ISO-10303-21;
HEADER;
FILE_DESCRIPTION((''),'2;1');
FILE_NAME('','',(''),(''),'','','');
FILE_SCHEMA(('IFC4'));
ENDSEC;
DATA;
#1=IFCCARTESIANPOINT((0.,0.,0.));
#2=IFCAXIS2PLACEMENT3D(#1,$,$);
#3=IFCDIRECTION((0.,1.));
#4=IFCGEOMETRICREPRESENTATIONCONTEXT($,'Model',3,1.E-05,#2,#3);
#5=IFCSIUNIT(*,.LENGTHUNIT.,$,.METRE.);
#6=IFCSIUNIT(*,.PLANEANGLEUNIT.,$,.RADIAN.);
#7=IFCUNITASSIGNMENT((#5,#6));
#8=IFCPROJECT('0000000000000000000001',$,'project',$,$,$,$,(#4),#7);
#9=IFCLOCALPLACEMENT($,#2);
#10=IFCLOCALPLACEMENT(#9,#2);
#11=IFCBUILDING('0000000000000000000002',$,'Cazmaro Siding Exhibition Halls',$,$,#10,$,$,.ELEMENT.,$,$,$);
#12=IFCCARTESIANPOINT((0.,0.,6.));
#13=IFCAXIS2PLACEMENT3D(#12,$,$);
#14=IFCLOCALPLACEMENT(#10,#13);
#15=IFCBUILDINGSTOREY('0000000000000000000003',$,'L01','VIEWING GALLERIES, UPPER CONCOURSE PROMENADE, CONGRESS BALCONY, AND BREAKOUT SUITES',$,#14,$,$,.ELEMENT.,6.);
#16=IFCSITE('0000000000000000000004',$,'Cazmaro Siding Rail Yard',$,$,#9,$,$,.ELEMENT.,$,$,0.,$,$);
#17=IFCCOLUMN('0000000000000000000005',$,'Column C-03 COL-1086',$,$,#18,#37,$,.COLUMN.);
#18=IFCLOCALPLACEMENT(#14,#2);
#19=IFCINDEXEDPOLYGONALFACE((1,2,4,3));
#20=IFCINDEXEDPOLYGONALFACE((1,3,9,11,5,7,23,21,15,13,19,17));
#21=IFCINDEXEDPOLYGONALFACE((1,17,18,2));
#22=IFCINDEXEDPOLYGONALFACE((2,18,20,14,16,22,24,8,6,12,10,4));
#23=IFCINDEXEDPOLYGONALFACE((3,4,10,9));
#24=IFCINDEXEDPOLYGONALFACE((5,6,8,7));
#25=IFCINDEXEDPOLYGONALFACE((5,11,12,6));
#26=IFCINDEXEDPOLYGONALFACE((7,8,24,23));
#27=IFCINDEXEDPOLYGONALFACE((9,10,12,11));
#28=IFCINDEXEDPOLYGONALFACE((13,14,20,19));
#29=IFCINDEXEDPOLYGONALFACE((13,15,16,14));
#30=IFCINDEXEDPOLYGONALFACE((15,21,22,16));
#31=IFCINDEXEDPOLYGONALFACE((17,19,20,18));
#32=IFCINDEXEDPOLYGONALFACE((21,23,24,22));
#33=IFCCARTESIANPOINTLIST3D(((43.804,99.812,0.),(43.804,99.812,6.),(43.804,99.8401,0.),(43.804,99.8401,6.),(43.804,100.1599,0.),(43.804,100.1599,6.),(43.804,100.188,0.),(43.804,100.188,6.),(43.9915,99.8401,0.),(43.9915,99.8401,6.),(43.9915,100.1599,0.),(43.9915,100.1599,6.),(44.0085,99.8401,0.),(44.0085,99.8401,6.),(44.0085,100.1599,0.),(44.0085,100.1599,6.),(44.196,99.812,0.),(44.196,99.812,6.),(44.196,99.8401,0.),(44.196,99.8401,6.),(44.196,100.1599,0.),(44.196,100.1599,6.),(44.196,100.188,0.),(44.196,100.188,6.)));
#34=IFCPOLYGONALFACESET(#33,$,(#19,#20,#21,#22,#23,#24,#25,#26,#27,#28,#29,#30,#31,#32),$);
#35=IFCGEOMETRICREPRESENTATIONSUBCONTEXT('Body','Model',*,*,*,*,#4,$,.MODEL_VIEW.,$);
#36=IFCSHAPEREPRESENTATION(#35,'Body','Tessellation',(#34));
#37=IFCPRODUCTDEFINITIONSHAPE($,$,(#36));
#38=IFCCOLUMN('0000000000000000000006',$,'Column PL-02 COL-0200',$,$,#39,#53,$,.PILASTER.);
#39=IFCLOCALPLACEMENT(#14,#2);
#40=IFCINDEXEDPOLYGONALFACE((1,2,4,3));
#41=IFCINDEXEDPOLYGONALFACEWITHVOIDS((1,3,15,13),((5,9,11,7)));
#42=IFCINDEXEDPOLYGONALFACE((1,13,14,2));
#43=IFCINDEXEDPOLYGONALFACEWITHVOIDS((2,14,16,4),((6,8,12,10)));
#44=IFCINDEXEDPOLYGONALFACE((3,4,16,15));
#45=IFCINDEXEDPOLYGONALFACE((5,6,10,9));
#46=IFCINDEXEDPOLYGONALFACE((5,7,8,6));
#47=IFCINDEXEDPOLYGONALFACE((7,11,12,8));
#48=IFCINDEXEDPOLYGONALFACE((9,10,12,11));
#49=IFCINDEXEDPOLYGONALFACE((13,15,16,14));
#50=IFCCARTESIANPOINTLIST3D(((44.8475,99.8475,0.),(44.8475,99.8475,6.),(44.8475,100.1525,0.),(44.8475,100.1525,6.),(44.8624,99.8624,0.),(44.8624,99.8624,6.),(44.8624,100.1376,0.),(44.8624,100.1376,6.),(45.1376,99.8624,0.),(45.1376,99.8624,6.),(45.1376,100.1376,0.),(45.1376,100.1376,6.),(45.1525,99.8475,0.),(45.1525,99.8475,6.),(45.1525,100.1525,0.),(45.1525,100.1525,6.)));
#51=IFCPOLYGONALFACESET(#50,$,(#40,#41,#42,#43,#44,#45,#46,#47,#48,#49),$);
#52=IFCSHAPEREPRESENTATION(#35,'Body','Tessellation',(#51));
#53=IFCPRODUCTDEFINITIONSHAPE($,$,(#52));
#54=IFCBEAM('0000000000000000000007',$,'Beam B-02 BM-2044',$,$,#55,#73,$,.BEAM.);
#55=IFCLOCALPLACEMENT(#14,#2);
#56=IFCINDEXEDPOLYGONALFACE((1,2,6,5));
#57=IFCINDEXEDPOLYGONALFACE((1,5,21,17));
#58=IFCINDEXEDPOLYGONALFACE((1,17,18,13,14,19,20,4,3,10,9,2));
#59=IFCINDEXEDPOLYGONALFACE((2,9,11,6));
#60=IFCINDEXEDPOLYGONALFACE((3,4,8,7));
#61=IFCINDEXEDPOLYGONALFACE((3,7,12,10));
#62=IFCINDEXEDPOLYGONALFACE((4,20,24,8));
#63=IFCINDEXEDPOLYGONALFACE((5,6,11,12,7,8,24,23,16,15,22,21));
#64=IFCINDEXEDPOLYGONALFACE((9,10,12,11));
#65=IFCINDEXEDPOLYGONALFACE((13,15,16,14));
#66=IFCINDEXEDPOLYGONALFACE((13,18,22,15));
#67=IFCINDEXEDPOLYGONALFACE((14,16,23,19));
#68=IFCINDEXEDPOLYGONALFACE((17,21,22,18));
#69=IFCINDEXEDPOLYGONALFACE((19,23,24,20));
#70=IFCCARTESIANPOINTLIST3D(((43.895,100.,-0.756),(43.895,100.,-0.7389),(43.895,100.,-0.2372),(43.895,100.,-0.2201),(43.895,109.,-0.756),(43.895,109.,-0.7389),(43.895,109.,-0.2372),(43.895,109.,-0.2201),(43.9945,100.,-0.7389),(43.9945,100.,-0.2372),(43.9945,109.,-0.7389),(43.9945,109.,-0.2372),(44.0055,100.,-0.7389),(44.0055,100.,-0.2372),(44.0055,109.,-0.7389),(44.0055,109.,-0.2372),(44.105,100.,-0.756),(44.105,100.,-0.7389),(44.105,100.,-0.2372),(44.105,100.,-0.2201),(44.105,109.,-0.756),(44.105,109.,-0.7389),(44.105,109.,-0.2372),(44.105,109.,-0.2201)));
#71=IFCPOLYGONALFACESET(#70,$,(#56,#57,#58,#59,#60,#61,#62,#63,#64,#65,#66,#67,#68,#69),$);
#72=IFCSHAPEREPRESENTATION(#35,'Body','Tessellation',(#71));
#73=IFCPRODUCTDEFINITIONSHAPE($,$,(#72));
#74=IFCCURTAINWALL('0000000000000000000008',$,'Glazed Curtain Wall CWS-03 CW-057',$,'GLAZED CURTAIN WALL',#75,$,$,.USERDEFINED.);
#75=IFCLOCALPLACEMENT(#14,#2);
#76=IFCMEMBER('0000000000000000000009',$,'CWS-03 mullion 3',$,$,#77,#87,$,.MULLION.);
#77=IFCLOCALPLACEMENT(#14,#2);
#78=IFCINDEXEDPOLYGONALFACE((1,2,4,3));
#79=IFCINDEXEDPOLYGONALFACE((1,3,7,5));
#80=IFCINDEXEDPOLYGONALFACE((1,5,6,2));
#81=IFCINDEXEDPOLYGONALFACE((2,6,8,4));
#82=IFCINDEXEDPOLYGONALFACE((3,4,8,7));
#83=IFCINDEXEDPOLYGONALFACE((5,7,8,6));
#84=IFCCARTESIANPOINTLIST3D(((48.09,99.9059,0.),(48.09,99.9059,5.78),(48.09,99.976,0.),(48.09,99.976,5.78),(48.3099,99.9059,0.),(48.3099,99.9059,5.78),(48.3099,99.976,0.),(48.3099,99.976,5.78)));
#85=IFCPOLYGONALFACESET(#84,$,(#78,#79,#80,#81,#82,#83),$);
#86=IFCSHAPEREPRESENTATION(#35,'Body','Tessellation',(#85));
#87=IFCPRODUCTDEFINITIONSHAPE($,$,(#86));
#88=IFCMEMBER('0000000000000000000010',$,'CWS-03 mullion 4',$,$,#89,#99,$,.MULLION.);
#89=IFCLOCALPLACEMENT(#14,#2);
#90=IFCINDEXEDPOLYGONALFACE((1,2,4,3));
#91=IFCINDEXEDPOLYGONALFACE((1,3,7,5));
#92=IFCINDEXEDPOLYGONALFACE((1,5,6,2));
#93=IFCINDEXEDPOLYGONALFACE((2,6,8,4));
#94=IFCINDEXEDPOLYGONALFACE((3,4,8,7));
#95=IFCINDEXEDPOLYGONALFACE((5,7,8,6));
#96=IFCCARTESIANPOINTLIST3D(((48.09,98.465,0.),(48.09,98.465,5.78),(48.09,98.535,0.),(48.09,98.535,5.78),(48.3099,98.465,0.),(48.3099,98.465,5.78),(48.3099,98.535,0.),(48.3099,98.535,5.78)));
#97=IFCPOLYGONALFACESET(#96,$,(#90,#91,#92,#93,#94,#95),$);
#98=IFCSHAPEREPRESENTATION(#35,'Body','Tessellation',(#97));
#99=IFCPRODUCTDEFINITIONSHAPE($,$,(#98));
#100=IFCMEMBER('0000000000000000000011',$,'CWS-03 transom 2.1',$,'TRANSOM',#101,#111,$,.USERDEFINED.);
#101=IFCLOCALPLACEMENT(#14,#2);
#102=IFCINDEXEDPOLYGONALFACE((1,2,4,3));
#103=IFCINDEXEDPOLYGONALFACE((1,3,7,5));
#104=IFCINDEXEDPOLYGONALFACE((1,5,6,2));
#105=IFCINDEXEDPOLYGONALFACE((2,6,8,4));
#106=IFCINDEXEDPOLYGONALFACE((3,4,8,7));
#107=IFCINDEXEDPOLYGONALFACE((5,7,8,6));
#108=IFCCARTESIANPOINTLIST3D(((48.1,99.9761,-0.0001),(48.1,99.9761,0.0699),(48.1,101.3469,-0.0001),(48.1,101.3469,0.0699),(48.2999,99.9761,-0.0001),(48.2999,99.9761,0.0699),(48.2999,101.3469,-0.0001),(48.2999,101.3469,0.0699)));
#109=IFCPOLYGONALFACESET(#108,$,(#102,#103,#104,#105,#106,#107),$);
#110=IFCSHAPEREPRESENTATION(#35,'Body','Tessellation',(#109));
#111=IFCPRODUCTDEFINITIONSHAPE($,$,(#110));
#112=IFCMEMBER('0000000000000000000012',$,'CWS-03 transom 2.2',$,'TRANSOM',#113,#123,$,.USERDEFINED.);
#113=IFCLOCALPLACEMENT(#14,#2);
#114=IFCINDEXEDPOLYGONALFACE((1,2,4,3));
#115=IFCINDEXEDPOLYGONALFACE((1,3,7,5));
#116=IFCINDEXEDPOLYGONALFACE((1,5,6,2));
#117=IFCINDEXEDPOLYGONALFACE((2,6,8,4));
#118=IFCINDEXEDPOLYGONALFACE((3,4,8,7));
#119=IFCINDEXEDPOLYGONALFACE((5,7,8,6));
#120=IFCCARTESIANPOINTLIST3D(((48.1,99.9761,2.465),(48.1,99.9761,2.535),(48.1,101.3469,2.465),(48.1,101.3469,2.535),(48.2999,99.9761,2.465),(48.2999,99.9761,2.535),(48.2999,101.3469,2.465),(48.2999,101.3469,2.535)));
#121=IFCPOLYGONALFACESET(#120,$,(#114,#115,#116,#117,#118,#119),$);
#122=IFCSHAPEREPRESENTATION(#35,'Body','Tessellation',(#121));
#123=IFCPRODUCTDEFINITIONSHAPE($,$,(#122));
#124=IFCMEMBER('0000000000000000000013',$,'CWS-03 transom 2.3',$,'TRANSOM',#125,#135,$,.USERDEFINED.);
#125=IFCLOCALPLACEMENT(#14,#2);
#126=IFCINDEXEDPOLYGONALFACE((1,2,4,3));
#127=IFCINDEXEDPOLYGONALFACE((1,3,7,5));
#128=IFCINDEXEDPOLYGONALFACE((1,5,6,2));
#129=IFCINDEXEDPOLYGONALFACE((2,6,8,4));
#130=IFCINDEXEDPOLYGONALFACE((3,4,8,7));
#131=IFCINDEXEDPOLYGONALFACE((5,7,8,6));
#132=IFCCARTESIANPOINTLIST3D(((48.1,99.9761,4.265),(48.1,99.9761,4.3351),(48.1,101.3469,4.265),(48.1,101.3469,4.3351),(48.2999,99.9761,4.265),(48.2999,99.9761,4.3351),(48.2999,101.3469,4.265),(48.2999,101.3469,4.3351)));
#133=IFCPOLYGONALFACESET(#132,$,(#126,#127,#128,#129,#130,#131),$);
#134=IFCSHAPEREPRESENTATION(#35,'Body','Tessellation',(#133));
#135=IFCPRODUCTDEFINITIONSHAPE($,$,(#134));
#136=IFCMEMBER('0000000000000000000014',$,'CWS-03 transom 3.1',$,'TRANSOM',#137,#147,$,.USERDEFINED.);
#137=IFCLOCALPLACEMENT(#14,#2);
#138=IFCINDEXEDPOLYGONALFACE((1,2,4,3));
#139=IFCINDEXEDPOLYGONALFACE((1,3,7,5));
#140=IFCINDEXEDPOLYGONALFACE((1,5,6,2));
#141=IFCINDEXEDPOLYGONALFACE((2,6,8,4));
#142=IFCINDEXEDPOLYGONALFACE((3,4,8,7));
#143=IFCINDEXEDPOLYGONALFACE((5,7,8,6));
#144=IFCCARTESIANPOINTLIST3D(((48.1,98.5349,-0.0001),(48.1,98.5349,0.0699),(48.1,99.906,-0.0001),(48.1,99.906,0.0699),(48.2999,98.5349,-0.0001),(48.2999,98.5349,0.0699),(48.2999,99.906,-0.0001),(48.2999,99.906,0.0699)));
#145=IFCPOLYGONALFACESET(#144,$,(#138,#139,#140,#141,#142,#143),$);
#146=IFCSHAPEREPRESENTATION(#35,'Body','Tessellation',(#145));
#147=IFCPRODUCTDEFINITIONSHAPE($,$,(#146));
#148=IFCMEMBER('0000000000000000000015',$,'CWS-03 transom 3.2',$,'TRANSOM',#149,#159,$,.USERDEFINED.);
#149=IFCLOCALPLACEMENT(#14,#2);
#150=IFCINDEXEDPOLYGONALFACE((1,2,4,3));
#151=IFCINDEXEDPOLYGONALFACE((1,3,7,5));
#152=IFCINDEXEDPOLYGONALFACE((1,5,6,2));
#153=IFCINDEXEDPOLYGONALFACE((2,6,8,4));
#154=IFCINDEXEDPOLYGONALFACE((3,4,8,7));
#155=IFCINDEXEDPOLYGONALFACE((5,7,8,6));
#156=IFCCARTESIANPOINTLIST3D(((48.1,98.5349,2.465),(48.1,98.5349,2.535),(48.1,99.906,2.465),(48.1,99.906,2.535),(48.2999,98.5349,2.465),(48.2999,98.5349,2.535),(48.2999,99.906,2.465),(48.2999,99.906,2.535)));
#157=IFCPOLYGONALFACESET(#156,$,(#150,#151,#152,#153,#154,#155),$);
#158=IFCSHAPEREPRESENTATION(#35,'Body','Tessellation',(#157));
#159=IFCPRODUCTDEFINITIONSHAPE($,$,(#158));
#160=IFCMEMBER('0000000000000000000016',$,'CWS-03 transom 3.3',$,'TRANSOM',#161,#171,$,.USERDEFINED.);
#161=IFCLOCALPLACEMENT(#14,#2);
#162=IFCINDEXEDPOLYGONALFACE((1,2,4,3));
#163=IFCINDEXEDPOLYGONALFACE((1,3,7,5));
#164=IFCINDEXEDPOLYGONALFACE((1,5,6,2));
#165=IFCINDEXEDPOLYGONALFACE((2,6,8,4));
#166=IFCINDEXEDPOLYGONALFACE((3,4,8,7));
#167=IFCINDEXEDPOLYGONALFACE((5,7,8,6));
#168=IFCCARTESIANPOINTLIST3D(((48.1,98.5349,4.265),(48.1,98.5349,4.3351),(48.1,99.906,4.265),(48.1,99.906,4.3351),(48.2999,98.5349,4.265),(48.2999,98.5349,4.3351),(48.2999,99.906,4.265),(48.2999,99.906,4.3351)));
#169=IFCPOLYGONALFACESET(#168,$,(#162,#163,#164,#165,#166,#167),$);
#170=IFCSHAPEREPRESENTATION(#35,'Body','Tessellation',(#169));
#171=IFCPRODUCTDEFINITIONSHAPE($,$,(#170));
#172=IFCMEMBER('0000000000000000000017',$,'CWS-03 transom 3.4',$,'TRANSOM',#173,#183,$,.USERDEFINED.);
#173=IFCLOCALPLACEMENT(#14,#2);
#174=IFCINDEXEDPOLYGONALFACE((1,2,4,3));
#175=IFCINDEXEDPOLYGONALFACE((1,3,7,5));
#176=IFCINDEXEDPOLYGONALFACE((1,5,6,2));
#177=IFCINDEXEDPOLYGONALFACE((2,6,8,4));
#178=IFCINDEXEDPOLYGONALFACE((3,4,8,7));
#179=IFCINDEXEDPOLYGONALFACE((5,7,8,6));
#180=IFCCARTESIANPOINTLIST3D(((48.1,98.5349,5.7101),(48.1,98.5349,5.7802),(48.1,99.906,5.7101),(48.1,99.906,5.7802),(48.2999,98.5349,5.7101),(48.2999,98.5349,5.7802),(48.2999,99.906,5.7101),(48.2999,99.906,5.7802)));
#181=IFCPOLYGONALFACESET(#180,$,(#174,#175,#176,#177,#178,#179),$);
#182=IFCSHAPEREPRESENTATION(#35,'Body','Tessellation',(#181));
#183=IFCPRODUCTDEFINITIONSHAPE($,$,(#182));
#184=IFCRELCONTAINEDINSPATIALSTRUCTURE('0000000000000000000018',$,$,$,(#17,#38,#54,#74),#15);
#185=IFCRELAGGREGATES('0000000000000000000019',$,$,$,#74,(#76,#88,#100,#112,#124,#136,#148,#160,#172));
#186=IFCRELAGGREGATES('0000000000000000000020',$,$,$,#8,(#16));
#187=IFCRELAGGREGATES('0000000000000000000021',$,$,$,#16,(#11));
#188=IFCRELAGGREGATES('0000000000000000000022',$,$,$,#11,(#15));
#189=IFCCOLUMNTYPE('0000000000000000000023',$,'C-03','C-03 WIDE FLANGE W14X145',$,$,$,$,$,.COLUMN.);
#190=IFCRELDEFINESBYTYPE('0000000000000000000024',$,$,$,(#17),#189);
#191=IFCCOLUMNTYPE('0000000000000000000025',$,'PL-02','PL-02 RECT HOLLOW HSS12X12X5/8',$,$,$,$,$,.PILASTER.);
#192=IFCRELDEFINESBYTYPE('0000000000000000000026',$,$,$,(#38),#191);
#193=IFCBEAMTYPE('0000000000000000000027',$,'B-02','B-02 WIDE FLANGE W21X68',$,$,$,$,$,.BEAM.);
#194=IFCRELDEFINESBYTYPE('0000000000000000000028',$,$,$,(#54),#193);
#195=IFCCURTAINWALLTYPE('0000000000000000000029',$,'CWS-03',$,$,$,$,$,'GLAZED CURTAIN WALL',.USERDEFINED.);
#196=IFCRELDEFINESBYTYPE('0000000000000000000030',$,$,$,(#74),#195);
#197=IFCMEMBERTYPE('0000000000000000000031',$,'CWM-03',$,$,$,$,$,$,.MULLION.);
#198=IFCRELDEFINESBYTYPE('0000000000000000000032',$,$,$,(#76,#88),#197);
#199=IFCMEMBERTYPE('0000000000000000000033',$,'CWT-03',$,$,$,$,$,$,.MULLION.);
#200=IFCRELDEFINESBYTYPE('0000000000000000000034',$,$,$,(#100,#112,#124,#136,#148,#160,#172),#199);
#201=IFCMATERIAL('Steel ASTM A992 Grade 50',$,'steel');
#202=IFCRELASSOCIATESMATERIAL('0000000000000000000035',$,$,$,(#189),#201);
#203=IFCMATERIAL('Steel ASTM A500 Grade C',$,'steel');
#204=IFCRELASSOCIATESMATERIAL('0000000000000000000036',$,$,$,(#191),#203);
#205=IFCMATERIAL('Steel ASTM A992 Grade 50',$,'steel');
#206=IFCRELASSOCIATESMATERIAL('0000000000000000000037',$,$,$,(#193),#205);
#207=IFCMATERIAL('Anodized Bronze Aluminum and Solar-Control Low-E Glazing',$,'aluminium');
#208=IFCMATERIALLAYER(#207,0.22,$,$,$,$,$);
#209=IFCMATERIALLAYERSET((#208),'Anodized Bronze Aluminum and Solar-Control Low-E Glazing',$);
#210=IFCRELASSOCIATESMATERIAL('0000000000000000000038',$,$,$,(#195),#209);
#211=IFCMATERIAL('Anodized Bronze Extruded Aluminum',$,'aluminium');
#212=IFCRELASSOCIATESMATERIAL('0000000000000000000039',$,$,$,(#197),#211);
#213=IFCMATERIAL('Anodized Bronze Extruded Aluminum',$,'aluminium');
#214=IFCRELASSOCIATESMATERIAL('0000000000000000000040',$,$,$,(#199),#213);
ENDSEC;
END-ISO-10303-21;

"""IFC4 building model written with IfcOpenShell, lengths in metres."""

from ifc_helpers import new_model, si_unit, direction, frame, origin, origin_2d, place, context, subcontext, project, spatial, rectangle, hollow_rectangle, i_section, extrude, material, layer, layer_set, material_profile, profile_set, type_object, element, aggregate, save


model = new_model("IFC4")

# Units and contexts
model_context = context("Model", 3, precision=1e-05, world=origin(), true_north=direction((0.0, 1.0)))
body_context = subcontext(model_context, "Body", "Model", "MODEL_VIEW")
ifc_project = project(units=[si_unit("LENGTHUNIT", "METRE"), si_unit("PLANEANGLEUNIT", "RADIAN")], contexts=[model_context])

# Site, building, storey
site_placement = place(None, origin())
site = spatial("IfcSite", under=ifc_project, at=site_placement, Name="Cazmaro Siding Rail Yard", CompositionType="ELEMENT", RefElevation=0.0)
building_placement = place(site_placement, origin())
building = spatial("IfcBuilding", under=site, at=building_placement, Name="Cazmaro Siding Exhibition Halls", CompositionType="ELEMENT")
storey_placement = place(building_placement, frame((0.0, 0.0, 6.0)))
storey = spatial("IfcBuildingStorey", under=building, at=storey_placement, Name="L01", Description="VIEWING GALLERIES, UPPER CONCOURSE PROMENADE, CONGRESS BALCONY, AND BREAKOUT SUITES", CompositionType="ELEMENT", Elevation=6.0)

# Columns
ifc_material_1 = material(Name="Steel ASTM A992 Grade 50", Category="steel")
ifc_material_profile_1 = material_profile(ifc_material_1, i_section(OverallWidth=0.3921, OverallDepth=0.376, WebThickness=0.0171, FlangeThickness=0.0281, at=origin_2d()), Name="W14X145")
ifc_profile_set_1 = profile_set([ifc_material_profile_1], Name="Steel ASTM A992 Grade 50")
column_type_1 = type_object("IfcColumnType", Name="C-03", Description="C-03 WIDE FLANGE W14X145", PredefinedType="COLUMN", material=ifc_profile_set_1)
column_1_placement = place(storey_placement, frame((44.0, 100.0, 0.0), z_axis=(0.0, 0.0, 1.0), x_axis=(1.0, 0.0, 0.0)))
element("IfcColumn", 1, at=column_1_placement, inside=storey, type_object=column_type_1, Name="Column C-03 COL-1086", PredefinedType="COLUMN", context=body_context, shape_type="SweptSolid", body=[
    extrude(i_section(OverallWidth=0.3921, OverallDepth=0.376, WebThickness=0.0171, FlangeThickness=0.0281, at=origin_2d()), origin(), (0.0, 0.0, 1.0), 6.0),
])
ifc_material_2 = material(Name="Steel ASTM A500 Grade C", Category="steel")
ifc_material_profile_2 = material_profile(ifc_material_2, hollow_rectangle(XDim=0.3049, YDim=0.3049, WallThickness=0.0149, at=origin_2d()), Name="HSS12X12X5/8")
ifc_profile_set_2 = profile_set([ifc_material_profile_2], Name="Steel ASTM A500 Grade C")
column_type_2 = type_object("IfcColumnType", Name="PL-02", Description="PL-02 RECT HOLLOW HSS12X12X5/8", PredefinedType="PILASTER", material=ifc_profile_set_2)
column_2_placement = place(storey_placement, frame((45.0, 100.0, 0.0), z_axis=(0.0, 0.0, 1.0), x_axis=(1.0, 0.0, 0.0)))
element("IfcColumn", 2, at=column_2_placement, inside=storey, type_object=column_type_2, Name="Column PL-02 COL-0200", PredefinedType="PILASTER", context=body_context, shape_type="SweptSolid", body=[
    extrude(hollow_rectangle(XDim=0.3049, YDim=0.3049, WallThickness=0.0149, at=origin_2d()), origin(), (0.0, 0.0, 1.0), 6.0),
])

# Beam
ifc_material_3 = material(Name="Steel ASTM A992 Grade 50", Category="steel")
ifc_material_profile_3 = material_profile(ifc_material_3, i_section(OverallWidth=0.21, OverallDepth=0.5359, WebThickness=0.011, FlangeThickness=0.0171, at=origin_2d()), Name="W21X68")
ifc_profile_set_3 = profile_set([ifc_material_profile_3], Name="Steel ASTM A992 Grade 50")
beam_type_1 = type_object("IfcBeamType", Name="B-02", Description="B-02 WIDE FLANGE W21X68", PredefinedType="BEAM", material=ifc_profile_set_3)
beam_1_placement = place(storey_placement, frame((44.0, 100.0, -0.488), z_axis=(0.0, 1.0, 0.0), x_axis=(-1.0, 0.0, 0.0)))
element("IfcBeam", 3, at=beam_1_placement, inside=storey, type_object=beam_type_1, Name="Beam B-02 BM-2044", PredefinedType="BEAM", context=body_context, shape_type="SweptSolid", body=[
    extrude(i_section(OverallWidth=0.21, OverallDepth=0.5359, WebThickness=0.011, FlangeThickness=0.0171, at=origin_2d()), origin(), (0.0, 0.0, 1.0), 9.0),
])

# Curtain wall, members
ifc_material_4 = material(Name="Anodized Bronze Aluminum and Solar-Control Low-E Glazing", Category="aluminium")
ifc_layer_1 = layer(ifc_material_4, 0.22)
ifc_layer_set_1 = layer_set([ifc_layer_1], Name="Anodized Bronze Aluminum and Solar-Control Low-E Glazing")
curtain_wall_type = type_object("IfcCurtainWallType", Name="CWS-03", ElementType="GLAZED CURTAIN WALL", PredefinedType="USERDEFINED", material=ifc_layer_set_1)
curtain_wall_placement = place(storey_placement, origin())
curtain_wall = element("IfcCurtainWall", 4, at=curtain_wall_placement, inside=storey, type_object=curtain_wall_type, Name="Glazed Curtain Wall CWS-03 CW-057", ObjectType="GLAZED CURTAIN WALL", PredefinedType="USERDEFINED")
ifc_material_5 = material(Name="Anodized Bronze Extruded Aluminum", Category="aluminium")
ifc_material_profile_4 = material_profile(ifc_material_5, rectangle(XDim=0.22, YDim=0.0701, at=origin_2d()), Name="CWM-03")
ifc_profile_set_4 = profile_set([ifc_material_profile_4], Name="Anodized Bronze Extruded Aluminum")
member_type_1 = type_object("IfcMemberType", Name="CWM-03", PredefinedType="MULLION", material=ifc_profile_set_4)
member_1_placement = place(storey_placement, frame((48.2, 99.9409, 0.0), z_axis=(0.0, 0.0, 1.0), x_axis=(1.0, 0.0, 0.0)))
member_1 = element("IfcMember", 5, at=member_1_placement, type_object=member_type_1, Name="CWS-03 mullion 3", PredefinedType="MULLION", context=body_context, shape_type="SweptSolid", body=[
    extrude(rectangle(XDim=0.22, YDim=0.0701, at=origin_2d()), origin(), (0.0, 0.0, 1.0), 5.78),
])
member_2_placement = place(storey_placement, frame((48.2, 98.5, 0.0), z_axis=(0.0, 0.0, 1.0), x_axis=(1.0, 0.0, 0.0)))
member_2 = element("IfcMember", 6, at=member_2_placement, type_object=member_type_1, Name="CWS-03 mullion 4", PredefinedType="MULLION", context=body_context, shape_type="SweptSolid", body=[
    extrude(rectangle(XDim=0.22, YDim=0.0701, at=origin_2d()), origin(), (0.0, 0.0, 1.0), 5.78),
])
ifc_material_6 = material(Name="Anodized Bronze Extruded Aluminum", Category="aluminium")
ifc_material_profile_5 = material_profile(ifc_material_6, rectangle(XDim=0.2, YDim=0.0701, at=origin_2d()), Name="CWT-03")
ifc_profile_set_5 = profile_set([ifc_material_profile_5], Name="Anodized Bronze Extruded Aluminum")
member_type_2 = type_object("IfcMemberType", Name="CWT-03", PredefinedType="MULLION", material=ifc_profile_set_5)
member_3_placement = place(storey_placement, frame((48.2, 101.3469, 0.0349), z_axis=(0.0, -1.0, 0.0), x_axis=(1.0, 0.0, 0.0)))
member_3 = element("IfcMember", 7, at=member_3_placement, type_object=member_type_2, Name="CWS-03 transom 2.1", ObjectType="TRANSOM", PredefinedType="USERDEFINED", context=body_context, shape_type="SweptSolid", body=[
    extrude(rectangle(XDim=0.2, YDim=0.0701, at=origin_2d()), origin(), (0.0, 0.0, 1.0), 1.3708),
])
member_4_placement = place(storey_placement, frame((48.2, 101.3469, 2.5), z_axis=(0.0, -1.0, 0.0), x_axis=(1.0, 0.0, 0.0)))
member_4 = element("IfcMember", 8, at=member_4_placement, type_object=member_type_2, Name="CWS-03 transom 2.2", ObjectType="TRANSOM", PredefinedType="USERDEFINED", context=body_context, shape_type="SweptSolid", body=[
    extrude(rectangle(XDim=0.2, YDim=0.0701, at=origin_2d()), origin(), (0.0, 0.0, 1.0), 1.3708),
])
member_5_placement = place(storey_placement, frame((48.2, 101.3469, 4.3), z_axis=(0.0, -1.0, 0.0), x_axis=(1.0, 0.0, 0.0)))
member_5 = element("IfcMember", 9, at=member_5_placement, type_object=member_type_2, Name="CWS-03 transom 2.3", ObjectType="TRANSOM", PredefinedType="USERDEFINED", context=body_context, shape_type="SweptSolid", body=[
    extrude(rectangle(XDim=0.2, YDim=0.0701, at=origin_2d()), origin(), (0.0, 0.0, 1.0), 1.3708),
])
member_6_placement = place(storey_placement, frame((48.2, 99.906, 0.0349), z_axis=(0.0, -1.0, 0.0), x_axis=(1.0, 0.0, 0.0)))
member_6 = element("IfcMember", 10, at=member_6_placement, type_object=member_type_2, Name="CWS-03 transom 3.1", ObjectType="TRANSOM", PredefinedType="USERDEFINED", context=body_context, shape_type="SweptSolid", body=[
    extrude(rectangle(XDim=0.2, YDim=0.0701, at=origin_2d()), origin(), (0.0, 0.0, 1.0), 1.3711),
])
member_7_placement = place(storey_placement, frame((48.2, 99.906, 2.5), z_axis=(0.0, -1.0, 0.0), x_axis=(1.0, 0.0, 0.0)))
member_7 = element("IfcMember", 11, at=member_7_placement, type_object=member_type_2, Name="CWS-03 transom 3.2", ObjectType="TRANSOM", PredefinedType="USERDEFINED", context=body_context, shape_type="SweptSolid", body=[
    extrude(rectangle(XDim=0.2, YDim=0.0701, at=origin_2d()), origin(), (0.0, 0.0, 1.0), 1.3711),
])
member_8_placement = place(storey_placement, frame((48.2, 99.906, 4.3), z_axis=(0.0, -1.0, 0.0), x_axis=(1.0, 0.0, 0.0)))
member_8 = element("IfcMember", 12, at=member_8_placement, type_object=member_type_2, Name="CWS-03 transom 3.3", ObjectType="TRANSOM", PredefinedType="USERDEFINED", context=body_context, shape_type="SweptSolid", body=[
    extrude(rectangle(XDim=0.2, YDim=0.0701, at=origin_2d()), origin(), (0.0, 0.0, 1.0), 1.3711),
])
member_9_placement = place(storey_placement, frame((48.2, 99.906, 5.7451), z_axis=(0.0, -1.0, 0.0), x_axis=(1.0, 0.0, 0.0)))
member_9 = element("IfcMember", 13, at=member_9_placement, type_object=member_type_2, Name="CWS-03 transom 3.4", ObjectType="TRANSOM", PredefinedType="USERDEFINED", context=body_context, shape_type="SweptSolid", body=[
    extrude(rectangle(XDim=0.2, YDim=0.0701, at=origin_2d()), origin(), (0.0, 0.0, 1.0), 1.3711),
])

aggregate(curtain_wall, [member_1, member_2, member_3, member_4, member_5, member_6, member_7, member_8, member_9])

save(model, "model.ifc")
